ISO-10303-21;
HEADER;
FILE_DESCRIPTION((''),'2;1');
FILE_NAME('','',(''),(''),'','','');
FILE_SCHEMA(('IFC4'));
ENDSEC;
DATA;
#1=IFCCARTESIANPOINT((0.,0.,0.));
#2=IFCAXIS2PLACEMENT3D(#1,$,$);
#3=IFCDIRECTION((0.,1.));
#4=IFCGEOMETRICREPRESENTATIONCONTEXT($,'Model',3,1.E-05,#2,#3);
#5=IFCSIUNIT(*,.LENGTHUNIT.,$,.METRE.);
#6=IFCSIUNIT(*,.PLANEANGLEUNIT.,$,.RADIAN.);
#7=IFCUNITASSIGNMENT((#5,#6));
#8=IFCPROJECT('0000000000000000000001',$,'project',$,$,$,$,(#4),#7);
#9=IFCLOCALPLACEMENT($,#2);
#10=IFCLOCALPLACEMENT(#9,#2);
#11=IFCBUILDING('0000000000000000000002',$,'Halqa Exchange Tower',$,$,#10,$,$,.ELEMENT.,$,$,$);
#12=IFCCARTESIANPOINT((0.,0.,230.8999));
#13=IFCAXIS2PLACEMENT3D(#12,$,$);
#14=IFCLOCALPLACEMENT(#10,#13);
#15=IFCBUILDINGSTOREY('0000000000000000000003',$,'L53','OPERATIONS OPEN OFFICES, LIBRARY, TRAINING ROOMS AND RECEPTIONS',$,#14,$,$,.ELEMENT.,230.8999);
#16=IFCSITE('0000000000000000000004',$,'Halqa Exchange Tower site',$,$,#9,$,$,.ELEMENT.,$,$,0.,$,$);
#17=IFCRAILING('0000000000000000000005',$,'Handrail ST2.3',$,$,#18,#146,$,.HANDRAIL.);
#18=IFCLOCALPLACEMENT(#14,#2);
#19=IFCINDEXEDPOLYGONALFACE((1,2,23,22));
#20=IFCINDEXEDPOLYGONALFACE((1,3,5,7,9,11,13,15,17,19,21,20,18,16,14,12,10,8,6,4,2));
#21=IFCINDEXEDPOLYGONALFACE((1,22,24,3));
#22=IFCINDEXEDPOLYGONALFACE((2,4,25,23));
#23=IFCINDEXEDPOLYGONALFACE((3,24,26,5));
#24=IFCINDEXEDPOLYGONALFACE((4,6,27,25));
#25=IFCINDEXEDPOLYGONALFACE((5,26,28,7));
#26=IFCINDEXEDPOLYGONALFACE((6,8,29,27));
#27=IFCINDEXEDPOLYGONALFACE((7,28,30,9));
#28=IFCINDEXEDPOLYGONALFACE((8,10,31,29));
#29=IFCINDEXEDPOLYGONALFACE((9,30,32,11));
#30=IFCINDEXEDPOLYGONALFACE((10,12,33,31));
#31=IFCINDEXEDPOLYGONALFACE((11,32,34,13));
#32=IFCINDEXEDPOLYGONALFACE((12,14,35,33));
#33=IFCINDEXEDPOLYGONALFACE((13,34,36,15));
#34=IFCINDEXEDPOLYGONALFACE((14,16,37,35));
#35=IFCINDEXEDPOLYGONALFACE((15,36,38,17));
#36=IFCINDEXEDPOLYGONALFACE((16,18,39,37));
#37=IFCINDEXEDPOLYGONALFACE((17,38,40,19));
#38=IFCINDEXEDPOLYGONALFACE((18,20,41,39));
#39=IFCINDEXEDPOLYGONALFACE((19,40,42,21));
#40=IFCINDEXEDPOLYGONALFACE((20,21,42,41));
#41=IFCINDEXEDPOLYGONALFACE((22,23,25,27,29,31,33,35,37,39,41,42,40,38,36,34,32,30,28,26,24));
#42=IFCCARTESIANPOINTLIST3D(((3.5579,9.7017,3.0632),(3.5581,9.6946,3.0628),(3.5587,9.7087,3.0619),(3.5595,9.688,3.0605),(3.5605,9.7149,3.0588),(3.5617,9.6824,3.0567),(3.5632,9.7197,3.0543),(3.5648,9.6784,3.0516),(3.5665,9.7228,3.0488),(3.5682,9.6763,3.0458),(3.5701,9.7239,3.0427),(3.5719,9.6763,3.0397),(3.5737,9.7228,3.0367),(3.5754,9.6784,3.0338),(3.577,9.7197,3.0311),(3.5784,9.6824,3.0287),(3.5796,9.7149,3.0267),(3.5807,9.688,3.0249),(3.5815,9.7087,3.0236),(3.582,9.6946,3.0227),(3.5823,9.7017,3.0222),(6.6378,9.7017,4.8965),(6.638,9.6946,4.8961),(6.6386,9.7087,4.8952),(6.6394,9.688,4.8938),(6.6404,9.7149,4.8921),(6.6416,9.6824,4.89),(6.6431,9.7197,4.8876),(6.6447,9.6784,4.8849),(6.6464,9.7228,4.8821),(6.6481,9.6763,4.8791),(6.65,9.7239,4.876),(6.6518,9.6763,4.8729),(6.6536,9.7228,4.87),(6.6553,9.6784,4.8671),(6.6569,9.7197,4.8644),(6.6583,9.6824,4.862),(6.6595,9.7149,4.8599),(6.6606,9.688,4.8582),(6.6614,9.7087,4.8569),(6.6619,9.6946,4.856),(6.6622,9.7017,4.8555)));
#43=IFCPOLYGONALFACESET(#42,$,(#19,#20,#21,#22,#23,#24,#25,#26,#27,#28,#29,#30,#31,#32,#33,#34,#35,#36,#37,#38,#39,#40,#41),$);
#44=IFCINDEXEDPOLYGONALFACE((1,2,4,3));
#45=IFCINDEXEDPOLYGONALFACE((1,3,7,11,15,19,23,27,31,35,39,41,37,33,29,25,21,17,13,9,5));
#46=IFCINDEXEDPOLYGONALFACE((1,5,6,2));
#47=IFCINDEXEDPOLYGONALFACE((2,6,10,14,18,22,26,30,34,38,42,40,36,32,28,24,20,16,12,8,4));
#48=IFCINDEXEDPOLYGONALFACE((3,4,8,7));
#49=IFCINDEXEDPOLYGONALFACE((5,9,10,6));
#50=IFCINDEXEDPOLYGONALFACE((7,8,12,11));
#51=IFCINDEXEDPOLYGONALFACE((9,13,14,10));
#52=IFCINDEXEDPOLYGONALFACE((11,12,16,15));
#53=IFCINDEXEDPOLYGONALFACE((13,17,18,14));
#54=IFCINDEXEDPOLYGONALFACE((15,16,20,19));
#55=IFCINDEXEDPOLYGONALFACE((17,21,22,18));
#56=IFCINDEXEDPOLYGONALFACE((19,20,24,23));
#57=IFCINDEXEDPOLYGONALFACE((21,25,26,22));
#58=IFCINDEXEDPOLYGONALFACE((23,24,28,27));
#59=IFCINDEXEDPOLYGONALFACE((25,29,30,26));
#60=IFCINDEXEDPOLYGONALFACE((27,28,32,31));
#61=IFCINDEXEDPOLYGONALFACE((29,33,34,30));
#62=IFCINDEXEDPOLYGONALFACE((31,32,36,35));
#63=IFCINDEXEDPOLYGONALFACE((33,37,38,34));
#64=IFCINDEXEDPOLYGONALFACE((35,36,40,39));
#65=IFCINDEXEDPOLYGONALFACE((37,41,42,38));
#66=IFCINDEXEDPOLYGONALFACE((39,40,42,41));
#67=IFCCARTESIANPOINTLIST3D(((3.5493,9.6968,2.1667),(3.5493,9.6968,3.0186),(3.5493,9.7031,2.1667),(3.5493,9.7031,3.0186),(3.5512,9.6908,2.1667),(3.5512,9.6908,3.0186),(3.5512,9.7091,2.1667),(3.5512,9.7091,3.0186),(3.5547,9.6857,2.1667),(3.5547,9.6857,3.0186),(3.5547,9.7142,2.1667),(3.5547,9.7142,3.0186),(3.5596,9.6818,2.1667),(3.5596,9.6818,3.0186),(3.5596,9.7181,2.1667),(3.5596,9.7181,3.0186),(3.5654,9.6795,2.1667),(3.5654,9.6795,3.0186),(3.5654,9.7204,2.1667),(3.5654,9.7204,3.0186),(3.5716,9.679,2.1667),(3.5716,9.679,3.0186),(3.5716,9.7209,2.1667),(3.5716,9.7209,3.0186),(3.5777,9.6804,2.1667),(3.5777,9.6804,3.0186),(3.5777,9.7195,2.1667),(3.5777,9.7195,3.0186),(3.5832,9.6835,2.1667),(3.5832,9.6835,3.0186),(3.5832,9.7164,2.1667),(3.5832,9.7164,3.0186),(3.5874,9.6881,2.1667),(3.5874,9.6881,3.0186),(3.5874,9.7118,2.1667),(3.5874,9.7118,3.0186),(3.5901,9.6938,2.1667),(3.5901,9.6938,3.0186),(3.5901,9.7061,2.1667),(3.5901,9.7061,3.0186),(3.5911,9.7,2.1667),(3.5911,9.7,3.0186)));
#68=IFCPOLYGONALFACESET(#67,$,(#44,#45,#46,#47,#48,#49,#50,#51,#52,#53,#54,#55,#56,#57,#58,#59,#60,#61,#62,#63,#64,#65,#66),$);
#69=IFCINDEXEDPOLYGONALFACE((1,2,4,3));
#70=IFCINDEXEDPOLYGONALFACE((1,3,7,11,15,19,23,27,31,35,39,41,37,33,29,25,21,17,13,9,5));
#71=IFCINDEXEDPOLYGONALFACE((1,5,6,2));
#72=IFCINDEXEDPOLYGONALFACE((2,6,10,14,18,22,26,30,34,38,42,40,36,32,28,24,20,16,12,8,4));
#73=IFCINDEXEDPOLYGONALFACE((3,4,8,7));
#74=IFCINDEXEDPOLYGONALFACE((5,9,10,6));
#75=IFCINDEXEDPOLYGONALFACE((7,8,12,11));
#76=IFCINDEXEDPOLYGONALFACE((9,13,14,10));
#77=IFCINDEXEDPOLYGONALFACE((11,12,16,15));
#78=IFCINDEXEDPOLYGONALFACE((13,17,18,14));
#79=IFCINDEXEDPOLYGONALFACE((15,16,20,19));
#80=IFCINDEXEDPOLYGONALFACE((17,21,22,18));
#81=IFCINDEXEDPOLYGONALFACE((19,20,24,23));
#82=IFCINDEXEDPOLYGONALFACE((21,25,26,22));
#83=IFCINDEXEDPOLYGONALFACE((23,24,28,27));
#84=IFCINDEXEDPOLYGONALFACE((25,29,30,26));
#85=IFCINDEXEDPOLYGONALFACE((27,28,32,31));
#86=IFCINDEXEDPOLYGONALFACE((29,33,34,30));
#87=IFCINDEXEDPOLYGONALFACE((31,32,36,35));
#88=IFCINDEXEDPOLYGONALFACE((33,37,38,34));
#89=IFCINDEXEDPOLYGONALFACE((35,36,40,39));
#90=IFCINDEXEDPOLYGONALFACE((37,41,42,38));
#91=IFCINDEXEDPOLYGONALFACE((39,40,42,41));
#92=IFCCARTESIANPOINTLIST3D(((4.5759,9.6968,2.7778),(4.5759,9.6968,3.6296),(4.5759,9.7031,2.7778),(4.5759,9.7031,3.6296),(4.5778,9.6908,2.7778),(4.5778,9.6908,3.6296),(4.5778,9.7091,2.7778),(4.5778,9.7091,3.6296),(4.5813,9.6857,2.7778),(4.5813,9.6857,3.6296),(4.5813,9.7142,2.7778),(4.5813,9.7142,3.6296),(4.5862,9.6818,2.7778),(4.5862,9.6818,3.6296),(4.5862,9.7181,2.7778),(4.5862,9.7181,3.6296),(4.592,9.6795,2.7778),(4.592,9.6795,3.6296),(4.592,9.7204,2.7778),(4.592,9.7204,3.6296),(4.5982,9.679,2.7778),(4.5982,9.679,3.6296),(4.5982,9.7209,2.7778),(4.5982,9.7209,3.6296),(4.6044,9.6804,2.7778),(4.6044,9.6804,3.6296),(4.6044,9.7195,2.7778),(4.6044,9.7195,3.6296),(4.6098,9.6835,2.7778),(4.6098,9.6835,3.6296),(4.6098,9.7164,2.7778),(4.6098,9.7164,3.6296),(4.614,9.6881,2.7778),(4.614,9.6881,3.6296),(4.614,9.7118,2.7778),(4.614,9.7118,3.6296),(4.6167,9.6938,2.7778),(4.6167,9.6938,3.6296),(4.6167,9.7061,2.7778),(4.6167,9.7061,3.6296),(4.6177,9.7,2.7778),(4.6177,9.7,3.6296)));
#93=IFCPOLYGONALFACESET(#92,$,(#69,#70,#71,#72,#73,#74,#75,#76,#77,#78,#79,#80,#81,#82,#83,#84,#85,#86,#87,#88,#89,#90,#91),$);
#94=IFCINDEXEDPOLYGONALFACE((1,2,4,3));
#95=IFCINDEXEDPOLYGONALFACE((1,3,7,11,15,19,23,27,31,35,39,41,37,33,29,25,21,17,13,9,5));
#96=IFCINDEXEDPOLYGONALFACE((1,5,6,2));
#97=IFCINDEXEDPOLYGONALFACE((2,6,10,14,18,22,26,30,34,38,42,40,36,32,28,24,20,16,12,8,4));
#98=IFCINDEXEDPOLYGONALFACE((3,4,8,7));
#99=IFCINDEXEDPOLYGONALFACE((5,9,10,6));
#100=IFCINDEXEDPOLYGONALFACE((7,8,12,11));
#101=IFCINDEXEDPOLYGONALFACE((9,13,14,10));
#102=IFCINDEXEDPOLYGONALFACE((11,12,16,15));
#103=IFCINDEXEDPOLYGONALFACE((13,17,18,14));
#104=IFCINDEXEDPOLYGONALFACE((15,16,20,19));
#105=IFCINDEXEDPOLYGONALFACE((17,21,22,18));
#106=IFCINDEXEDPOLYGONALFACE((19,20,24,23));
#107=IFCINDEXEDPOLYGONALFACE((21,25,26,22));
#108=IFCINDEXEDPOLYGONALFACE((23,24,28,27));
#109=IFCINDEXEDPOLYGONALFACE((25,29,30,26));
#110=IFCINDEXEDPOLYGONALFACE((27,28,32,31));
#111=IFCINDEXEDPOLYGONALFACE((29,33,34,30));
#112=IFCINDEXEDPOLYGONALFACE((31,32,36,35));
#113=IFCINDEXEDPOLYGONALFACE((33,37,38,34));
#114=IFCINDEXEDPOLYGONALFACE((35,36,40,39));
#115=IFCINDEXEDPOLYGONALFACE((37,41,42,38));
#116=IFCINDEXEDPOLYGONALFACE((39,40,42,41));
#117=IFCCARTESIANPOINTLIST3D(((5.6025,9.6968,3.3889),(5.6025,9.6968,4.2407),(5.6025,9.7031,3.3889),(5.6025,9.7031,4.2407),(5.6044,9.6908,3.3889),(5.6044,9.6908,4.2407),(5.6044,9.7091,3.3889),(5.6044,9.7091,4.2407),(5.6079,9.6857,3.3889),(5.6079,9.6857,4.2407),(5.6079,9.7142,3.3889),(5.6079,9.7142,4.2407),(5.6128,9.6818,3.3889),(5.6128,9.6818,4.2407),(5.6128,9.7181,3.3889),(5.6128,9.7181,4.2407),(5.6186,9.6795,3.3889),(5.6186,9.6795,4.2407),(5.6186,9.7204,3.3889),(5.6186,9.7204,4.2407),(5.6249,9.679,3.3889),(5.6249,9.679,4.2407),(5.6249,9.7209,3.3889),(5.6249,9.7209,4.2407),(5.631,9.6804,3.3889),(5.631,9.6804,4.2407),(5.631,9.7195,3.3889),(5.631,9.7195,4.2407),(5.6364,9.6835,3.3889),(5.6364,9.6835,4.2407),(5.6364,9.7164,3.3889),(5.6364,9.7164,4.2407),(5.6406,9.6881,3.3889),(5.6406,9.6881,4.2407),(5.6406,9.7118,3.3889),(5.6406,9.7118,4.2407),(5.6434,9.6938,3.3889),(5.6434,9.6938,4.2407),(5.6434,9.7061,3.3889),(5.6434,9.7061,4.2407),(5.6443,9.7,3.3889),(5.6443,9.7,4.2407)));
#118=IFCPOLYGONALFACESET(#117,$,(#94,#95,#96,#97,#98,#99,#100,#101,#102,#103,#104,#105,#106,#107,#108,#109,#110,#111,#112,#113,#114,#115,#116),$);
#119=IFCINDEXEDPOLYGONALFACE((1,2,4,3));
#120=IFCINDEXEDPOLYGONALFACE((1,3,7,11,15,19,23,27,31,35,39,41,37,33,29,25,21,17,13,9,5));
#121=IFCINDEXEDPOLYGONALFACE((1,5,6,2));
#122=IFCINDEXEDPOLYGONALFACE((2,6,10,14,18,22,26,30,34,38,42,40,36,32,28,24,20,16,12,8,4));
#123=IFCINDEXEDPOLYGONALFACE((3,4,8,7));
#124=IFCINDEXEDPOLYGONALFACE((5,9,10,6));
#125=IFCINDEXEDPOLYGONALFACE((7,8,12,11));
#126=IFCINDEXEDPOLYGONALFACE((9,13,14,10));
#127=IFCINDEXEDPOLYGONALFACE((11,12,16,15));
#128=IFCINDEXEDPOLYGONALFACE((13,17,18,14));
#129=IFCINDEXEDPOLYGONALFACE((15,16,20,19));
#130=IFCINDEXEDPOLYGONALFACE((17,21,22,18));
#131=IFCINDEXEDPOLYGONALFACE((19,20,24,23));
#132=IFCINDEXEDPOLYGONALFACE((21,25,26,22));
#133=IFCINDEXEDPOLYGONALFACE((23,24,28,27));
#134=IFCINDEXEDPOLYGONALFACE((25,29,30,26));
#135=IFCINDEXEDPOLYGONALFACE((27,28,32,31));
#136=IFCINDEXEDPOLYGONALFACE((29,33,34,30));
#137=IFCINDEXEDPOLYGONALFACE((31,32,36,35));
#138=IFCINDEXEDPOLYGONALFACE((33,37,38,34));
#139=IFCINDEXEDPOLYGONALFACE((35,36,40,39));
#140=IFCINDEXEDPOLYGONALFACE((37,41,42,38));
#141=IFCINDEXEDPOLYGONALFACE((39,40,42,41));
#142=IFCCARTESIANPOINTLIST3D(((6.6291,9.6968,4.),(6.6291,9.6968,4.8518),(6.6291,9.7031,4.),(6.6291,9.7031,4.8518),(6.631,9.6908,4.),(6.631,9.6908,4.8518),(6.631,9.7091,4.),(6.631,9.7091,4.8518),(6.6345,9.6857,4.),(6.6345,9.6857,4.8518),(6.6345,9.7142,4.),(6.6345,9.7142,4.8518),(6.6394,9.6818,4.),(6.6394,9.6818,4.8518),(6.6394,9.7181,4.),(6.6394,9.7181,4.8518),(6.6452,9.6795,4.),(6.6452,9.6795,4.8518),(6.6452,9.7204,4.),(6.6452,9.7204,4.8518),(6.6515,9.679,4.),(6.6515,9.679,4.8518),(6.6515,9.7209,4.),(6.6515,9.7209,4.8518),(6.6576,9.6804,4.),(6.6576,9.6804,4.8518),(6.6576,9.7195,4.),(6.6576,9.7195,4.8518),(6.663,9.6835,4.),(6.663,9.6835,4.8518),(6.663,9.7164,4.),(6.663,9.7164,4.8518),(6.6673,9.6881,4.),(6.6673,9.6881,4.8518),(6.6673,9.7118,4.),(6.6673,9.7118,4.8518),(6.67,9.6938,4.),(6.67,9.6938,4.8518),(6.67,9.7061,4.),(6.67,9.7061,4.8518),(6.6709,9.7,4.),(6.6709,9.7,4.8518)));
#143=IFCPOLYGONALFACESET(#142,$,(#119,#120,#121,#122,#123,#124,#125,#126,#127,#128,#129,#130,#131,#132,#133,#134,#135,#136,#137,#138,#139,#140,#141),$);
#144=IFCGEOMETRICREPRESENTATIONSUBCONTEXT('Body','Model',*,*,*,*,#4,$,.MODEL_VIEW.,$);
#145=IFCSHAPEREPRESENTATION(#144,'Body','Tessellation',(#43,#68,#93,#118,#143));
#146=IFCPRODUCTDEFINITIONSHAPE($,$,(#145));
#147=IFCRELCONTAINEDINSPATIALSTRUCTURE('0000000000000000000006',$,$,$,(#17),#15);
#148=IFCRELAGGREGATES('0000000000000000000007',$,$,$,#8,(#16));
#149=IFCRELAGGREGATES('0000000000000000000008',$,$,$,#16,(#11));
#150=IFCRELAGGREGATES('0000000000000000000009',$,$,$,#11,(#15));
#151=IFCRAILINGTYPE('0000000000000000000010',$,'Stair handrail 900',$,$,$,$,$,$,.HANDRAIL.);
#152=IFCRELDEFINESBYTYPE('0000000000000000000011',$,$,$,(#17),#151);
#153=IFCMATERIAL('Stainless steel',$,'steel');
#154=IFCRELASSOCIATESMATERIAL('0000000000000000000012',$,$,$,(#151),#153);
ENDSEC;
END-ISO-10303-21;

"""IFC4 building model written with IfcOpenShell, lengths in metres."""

from ifc_helpers import new_model, si_unit, direction, frame, origin, origin_2d, place, context, subcontext, project, spatial, circle, extrude, material, type_object, element, save


model = new_model("IFC4")

# Units and contexts
model_context = context("Model", 3, precision=1e-05, world=origin(), true_north=direction((0.0, 1.0)))
body_context = subcontext(model_context, "Body", "Model", "MODEL_VIEW")
ifc_project = project(units=[si_unit("LENGTHUNIT", "METRE"), si_unit("PLANEANGLEUNIT", "RADIAN")], contexts=[model_context])

# Site, building, storey
site_placement = place(None, origin())
site = spatial("IfcSite", under=ifc_project, at=site_placement, Name="Halqa Exchange Tower site", CompositionType="ELEMENT", RefElevation=0.0)
building_placement = place(site_placement, origin())
building = spatial("IfcBuilding", under=site, at=building_placement, Name="Halqa Exchange Tower", CompositionType="ELEMENT")
storey_placement = place(building_placement, frame((0.0, 0.0, 230.8999)))
storey = spatial("IfcBuildingStorey", under=building, at=storey_placement, Name="L53", Description="OPERATIONS OPEN OFFICES, LIBRARY, TRAINING ROOMS AND RECEPTIONS", CompositionType="ELEMENT", Elevation=230.8999)

# Railing
ifc_material_1 = material(Name="Stainless steel", Category="steel")
railing_type_1 = type_object("IfcRailingType", Name="Stair handrail 900", PredefinedType="HANDRAIL", material=ifc_material_1)
railing_1_placement = place(storey_placement, frame((3.5701, 9.7, 2.1667)))
element("IfcRailing", 1, at=railing_1_placement, inside=storey, type_object=railing_type_1, Name="Handrail ST2.3", PredefinedType="HANDRAIL", context=body_context, shape_type="SweptSolid", body=[
    extrude(circle(Radius=0.0239, at=origin_2d()), frame((0.0, 0.0, 0.876), z_axis=(0.859291, 0.0, 0.511487), x_axis=(0.0, 1.0, 0.0)), (0.0, 0.0, 1.0), 3.5842),
    extrude(circle(Radius=0.021, at=origin_2d()), origin(), (0.0, 0.0, 1.0), 0.8518),
    extrude(circle(Radius=0.021, at=origin_2d()), frame((1.0266, 0.0, 0.6111)), (0.0, 0.0, 1.0), 0.8518),
    extrude(circle(Radius=0.021, at=origin_2d()), frame((2.0532, 0.0, 1.2222)), (0.0, 0.0, 1.0), 0.8518),
    extrude(circle(Radius=0.021, at=origin_2d()), frame((3.0798, 0.0, 1.8333)), (0.0, 0.0, 1.0), 0.8518),
])

save(model, "model.ifc")
